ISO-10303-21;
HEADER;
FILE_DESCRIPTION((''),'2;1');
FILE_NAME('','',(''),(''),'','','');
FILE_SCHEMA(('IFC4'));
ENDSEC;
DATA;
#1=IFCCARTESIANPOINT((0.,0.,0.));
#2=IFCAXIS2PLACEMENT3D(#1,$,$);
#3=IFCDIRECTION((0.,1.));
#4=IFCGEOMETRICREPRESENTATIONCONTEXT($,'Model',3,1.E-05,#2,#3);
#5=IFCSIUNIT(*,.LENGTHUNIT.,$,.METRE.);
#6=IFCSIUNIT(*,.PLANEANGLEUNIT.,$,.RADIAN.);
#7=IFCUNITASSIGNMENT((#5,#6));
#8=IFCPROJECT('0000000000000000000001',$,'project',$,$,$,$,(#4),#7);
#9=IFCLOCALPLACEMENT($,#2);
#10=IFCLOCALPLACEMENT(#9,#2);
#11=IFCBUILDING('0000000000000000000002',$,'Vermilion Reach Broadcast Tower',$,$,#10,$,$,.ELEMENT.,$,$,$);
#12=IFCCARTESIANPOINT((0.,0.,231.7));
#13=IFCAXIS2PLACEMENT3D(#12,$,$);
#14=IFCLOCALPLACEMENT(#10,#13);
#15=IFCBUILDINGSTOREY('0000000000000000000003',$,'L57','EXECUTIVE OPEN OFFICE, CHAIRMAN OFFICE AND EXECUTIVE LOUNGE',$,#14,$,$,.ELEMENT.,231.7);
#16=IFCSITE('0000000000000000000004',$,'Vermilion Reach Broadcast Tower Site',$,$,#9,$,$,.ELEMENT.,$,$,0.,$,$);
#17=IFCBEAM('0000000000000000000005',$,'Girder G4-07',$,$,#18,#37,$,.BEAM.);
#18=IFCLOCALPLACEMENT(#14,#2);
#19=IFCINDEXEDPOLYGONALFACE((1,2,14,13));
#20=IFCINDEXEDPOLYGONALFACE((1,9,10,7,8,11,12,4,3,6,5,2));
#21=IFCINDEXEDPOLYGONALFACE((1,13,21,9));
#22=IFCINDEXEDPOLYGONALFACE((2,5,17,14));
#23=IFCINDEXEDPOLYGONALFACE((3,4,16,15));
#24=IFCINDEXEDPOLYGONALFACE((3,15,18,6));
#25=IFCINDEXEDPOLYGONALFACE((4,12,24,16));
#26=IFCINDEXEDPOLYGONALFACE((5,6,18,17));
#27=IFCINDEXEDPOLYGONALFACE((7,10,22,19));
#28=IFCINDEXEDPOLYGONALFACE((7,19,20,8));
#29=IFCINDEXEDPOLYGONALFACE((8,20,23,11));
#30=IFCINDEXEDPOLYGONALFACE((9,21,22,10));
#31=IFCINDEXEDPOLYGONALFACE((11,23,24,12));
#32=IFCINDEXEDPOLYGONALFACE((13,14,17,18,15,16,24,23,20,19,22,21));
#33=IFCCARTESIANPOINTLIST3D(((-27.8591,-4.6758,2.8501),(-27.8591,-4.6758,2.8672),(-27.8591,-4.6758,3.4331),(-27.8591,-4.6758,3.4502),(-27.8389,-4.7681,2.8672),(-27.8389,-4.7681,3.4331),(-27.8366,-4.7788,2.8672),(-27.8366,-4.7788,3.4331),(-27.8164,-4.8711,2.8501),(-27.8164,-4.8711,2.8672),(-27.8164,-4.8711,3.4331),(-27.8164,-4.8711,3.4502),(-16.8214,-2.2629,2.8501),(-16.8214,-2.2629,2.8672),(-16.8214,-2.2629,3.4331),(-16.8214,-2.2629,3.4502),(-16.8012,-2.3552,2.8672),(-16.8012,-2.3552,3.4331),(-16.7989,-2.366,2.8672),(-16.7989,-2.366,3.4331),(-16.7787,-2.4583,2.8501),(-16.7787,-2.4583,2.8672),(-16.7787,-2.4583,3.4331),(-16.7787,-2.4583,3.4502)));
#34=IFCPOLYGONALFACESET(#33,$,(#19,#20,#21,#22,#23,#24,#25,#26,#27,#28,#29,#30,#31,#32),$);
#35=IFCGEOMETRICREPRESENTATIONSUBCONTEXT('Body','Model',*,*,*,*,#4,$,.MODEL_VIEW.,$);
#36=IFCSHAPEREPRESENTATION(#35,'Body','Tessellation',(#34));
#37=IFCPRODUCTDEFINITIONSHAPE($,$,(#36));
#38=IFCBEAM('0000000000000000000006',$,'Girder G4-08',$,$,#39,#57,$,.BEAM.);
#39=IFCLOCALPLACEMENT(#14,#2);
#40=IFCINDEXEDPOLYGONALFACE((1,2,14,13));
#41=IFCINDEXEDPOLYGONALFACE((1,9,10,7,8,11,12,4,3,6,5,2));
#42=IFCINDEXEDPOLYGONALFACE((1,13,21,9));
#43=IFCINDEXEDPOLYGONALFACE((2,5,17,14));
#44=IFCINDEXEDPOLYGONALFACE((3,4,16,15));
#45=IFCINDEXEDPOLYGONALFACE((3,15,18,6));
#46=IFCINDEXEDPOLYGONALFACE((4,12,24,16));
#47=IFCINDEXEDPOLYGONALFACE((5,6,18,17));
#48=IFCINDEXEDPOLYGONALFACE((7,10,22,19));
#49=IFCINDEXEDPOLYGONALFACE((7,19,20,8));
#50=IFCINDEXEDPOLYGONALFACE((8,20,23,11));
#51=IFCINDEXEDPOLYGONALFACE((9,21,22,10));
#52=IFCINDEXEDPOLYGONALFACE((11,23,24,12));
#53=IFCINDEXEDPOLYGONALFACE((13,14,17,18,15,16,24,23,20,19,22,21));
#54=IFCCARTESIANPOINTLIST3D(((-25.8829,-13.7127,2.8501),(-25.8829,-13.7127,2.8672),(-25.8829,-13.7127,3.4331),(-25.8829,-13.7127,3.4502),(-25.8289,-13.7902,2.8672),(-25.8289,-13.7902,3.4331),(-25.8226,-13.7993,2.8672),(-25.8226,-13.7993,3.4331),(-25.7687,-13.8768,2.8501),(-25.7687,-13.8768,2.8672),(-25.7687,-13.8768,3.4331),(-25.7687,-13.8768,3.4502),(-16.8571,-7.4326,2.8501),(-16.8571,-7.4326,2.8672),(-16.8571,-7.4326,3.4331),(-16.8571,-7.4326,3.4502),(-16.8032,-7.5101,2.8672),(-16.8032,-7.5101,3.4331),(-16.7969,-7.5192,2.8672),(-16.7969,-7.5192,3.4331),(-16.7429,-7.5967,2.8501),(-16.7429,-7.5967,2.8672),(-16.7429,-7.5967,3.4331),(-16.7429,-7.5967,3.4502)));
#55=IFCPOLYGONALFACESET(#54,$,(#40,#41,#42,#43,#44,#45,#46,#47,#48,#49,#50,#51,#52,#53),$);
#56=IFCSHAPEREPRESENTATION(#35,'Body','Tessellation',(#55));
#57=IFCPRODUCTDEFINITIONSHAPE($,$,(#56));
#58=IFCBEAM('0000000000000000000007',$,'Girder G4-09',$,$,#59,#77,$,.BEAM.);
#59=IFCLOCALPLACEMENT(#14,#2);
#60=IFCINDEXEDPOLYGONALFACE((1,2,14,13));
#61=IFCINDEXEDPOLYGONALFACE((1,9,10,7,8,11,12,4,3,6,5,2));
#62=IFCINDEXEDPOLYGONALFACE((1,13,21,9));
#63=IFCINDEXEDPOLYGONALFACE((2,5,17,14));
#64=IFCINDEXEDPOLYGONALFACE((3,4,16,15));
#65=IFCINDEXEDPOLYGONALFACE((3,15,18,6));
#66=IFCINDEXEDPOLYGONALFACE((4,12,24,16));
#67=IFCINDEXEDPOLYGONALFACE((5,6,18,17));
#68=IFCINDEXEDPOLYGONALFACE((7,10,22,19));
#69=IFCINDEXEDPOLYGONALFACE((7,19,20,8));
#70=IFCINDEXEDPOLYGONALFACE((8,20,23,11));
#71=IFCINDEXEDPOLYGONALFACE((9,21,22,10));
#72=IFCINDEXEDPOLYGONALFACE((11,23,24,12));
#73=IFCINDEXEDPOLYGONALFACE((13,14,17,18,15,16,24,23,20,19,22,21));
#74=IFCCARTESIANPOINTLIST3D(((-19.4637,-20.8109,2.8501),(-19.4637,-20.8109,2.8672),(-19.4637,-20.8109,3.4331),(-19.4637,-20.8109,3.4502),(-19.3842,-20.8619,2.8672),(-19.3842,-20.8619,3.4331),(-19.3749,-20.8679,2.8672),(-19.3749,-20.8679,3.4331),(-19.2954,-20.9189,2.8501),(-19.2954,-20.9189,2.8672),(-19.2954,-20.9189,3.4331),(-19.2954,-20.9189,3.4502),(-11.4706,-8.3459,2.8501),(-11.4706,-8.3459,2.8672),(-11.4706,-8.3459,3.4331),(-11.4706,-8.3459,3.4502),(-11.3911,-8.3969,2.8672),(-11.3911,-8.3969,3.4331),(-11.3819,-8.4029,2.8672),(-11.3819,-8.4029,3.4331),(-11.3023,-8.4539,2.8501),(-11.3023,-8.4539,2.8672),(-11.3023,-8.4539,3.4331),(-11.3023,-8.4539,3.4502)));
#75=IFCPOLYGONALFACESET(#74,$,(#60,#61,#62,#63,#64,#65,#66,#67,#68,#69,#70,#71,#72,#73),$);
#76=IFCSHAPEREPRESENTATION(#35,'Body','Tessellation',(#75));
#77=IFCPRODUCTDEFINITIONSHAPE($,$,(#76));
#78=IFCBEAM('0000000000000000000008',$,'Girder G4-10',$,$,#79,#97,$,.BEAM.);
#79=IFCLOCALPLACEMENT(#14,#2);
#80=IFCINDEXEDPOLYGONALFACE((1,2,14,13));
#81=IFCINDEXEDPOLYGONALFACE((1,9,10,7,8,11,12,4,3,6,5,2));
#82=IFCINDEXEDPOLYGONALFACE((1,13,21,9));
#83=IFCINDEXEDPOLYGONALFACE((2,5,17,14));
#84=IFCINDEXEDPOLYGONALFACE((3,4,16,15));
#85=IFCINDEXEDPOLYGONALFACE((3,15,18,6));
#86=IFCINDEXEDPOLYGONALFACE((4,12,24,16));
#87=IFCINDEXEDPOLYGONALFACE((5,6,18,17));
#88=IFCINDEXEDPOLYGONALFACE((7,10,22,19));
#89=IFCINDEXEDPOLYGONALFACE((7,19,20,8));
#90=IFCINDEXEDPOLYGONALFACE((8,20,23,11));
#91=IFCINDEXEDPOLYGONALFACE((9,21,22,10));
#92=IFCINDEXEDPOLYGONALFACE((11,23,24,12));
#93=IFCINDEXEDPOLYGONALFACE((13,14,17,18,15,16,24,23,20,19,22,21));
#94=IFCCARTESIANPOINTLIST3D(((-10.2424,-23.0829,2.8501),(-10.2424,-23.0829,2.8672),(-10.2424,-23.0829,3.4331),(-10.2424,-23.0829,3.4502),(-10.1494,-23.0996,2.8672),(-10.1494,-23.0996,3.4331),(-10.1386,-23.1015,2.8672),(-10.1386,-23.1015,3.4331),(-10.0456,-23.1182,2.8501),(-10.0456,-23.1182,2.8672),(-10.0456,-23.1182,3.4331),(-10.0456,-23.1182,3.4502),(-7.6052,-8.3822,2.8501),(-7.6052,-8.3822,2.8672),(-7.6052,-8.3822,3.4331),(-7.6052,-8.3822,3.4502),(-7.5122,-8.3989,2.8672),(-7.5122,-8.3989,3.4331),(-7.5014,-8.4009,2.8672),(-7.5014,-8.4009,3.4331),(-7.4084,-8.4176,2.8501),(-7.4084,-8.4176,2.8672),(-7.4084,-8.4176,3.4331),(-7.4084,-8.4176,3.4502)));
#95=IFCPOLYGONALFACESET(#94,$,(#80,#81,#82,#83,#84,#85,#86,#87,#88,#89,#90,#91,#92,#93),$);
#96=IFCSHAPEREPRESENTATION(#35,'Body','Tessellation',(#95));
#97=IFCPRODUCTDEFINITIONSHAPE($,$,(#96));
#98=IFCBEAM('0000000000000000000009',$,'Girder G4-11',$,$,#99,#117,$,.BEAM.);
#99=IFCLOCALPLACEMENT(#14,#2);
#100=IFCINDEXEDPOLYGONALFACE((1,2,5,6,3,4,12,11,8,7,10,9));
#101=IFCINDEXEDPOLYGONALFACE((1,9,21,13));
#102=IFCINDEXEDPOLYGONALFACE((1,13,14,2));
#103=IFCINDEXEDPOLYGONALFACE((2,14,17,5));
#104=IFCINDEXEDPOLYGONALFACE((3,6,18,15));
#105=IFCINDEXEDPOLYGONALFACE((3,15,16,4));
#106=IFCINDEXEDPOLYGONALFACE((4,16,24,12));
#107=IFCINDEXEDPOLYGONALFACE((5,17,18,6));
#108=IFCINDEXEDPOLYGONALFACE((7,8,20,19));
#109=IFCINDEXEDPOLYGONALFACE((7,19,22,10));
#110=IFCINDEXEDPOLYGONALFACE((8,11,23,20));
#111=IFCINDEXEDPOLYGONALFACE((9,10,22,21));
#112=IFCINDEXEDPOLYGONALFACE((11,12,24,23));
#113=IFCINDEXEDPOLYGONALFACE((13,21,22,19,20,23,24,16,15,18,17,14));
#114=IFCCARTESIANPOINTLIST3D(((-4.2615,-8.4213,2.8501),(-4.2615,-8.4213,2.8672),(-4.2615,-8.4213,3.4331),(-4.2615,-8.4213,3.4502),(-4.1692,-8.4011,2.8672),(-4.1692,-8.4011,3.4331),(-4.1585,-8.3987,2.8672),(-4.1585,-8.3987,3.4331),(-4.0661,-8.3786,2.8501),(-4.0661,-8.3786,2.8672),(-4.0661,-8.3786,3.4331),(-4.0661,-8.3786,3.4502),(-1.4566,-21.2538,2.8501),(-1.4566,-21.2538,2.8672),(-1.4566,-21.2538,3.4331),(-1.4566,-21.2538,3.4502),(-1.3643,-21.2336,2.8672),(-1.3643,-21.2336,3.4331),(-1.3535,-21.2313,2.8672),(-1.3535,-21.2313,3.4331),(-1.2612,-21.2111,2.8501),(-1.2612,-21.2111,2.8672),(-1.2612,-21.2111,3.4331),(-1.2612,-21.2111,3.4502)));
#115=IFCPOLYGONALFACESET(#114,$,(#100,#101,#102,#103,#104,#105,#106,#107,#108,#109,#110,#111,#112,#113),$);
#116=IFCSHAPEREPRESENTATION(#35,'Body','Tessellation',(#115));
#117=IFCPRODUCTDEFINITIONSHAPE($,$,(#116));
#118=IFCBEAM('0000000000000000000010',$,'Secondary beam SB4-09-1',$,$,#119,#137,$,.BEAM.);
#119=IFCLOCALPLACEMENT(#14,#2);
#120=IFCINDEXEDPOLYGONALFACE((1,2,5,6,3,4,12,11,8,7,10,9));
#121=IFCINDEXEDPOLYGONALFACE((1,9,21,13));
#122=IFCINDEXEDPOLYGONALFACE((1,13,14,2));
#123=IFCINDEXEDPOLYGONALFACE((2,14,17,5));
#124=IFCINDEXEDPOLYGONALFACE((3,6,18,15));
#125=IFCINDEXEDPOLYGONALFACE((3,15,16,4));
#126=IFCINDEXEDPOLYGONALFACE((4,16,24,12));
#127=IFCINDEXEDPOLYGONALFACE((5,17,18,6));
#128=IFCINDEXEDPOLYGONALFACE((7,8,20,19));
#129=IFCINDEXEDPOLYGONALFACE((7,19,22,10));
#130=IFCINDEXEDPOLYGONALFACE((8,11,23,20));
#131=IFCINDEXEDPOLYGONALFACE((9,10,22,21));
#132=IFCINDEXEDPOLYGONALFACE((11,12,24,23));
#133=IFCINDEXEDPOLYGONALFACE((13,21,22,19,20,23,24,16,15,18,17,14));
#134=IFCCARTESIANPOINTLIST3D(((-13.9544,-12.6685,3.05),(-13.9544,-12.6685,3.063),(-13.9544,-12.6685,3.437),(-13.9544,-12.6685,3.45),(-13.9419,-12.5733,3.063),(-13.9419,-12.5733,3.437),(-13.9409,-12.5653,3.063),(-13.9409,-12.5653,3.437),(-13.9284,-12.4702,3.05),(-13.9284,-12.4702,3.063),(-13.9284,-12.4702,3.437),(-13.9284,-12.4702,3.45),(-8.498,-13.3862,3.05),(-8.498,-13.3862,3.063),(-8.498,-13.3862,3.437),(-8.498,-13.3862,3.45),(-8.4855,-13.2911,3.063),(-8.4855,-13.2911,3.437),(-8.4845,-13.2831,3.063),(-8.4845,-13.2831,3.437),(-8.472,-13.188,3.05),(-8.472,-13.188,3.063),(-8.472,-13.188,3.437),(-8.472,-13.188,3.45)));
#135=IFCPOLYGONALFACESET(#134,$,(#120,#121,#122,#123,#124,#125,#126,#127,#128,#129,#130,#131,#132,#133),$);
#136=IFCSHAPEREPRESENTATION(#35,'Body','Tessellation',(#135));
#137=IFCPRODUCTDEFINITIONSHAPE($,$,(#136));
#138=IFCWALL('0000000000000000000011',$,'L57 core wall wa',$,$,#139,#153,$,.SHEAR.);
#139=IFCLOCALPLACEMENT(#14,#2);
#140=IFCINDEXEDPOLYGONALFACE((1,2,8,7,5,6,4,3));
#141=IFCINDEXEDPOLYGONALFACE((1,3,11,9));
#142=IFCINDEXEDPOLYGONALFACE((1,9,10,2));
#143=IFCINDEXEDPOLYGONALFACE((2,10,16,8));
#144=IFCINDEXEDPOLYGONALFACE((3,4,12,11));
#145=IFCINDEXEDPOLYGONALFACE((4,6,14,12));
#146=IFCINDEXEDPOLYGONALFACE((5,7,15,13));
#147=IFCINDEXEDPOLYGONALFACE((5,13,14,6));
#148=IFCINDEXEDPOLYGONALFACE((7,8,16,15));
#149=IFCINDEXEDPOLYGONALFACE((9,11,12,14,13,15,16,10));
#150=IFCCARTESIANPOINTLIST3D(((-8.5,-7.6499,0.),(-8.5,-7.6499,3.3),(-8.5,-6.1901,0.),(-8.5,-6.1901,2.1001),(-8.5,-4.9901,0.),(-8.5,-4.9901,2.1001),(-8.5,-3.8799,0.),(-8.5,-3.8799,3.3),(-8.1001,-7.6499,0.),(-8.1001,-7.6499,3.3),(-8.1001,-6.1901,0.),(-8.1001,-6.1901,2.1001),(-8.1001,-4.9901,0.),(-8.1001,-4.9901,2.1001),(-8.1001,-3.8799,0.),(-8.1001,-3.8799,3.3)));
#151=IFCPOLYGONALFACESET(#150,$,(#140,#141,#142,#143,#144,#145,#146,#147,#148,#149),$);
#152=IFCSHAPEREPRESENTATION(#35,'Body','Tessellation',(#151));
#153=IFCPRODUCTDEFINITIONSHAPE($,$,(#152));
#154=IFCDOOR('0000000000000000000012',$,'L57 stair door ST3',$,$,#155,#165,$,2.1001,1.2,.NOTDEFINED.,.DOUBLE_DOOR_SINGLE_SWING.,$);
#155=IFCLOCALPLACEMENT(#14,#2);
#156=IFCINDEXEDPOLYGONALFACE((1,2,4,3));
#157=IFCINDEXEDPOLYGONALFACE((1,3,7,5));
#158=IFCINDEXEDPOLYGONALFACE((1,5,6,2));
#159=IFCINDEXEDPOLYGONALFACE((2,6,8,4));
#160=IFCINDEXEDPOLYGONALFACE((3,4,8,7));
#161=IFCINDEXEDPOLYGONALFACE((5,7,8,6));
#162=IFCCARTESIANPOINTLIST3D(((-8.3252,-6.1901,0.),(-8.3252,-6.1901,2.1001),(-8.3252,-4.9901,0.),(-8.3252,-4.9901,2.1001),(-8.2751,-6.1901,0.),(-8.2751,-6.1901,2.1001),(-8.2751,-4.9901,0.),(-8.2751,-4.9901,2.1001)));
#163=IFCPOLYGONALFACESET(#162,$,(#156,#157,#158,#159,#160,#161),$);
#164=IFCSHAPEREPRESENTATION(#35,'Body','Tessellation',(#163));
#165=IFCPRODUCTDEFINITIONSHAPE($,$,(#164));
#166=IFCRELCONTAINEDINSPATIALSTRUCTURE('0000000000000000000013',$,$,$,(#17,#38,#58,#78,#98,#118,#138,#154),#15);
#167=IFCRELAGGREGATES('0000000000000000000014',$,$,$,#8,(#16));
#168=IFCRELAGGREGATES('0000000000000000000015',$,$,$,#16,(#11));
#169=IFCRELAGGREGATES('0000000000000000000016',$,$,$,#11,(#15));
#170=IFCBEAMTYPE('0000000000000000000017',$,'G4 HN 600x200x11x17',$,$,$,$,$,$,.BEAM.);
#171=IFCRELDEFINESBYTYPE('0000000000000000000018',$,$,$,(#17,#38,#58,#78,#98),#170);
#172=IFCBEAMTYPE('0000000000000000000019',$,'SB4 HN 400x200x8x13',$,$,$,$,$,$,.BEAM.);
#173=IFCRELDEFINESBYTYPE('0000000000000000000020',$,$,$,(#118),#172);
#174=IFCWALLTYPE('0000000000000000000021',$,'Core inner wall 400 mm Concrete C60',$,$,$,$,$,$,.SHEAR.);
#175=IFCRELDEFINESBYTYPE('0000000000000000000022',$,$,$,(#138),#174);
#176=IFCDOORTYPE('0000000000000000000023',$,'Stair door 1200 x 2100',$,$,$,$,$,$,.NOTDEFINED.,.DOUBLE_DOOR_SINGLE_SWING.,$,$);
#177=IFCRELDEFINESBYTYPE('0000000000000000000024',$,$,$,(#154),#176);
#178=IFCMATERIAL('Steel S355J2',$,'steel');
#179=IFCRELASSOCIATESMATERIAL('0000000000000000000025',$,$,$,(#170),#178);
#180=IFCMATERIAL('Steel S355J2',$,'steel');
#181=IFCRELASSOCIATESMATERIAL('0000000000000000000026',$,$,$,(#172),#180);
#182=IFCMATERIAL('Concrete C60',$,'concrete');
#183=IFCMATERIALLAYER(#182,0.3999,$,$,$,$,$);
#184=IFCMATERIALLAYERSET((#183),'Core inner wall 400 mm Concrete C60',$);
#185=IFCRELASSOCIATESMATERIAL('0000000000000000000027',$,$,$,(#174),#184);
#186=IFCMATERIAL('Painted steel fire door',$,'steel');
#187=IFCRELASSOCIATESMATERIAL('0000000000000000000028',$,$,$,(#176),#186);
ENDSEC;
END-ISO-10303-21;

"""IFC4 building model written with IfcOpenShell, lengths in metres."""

from ifc_helpers import new_model, si_unit, direction, frame, frame_2d, origin, origin_2d, place, context, subcontext, project, spatial, rectangle, i_section, extrude, material, layer, layer_set, material_profile, profile_set, type_object, element, fill, save


model = new_model("IFC4")

# Units and contexts
model_context = context("Model", 3, precision=1e-05, world=origin(), true_north=direction((0.0, 1.0)))
body_context = subcontext(model_context, "Body", "Model", "MODEL_VIEW")
ifc_project = project(units=[si_unit("LENGTHUNIT", "METRE"), si_unit("PLANEANGLEUNIT", "RADIAN")], contexts=[model_context])

# Site, building, storey
site_placement = place(None, origin())
site = spatial("IfcSite", under=ifc_project, at=site_placement, Name="Vermilion Reach Broadcast Tower Site", CompositionType="ELEMENT", RefElevation=0.0)
building_placement = place(site_placement, origin())
building = spatial("IfcBuilding", under=site, at=building_placement, Name="Vermilion Reach Broadcast Tower", CompositionType="ELEMENT")
storey_placement = place(building_placement, frame((0.0, 0.0, 231.7)))
storey = spatial("IfcBuildingStorey", under=building, at=storey_placement, Name="L57", Description="EXECUTIVE OPEN OFFICE, CHAIRMAN OFFICE AND EXECUTIVE LOUNGE", CompositionType="ELEMENT", Elevation=231.7)

# Beams
ifc_material_1 = material(Name="Steel S355J2", Category="steel")
ifc_material_profile_1 = material_profile(ifc_material_1, i_section(OverallWidth=0.2, OverallDepth=0.6001, WebThickness=0.011, FlangeThickness=0.0171, at=origin_2d()), Name="S355J2 HN 600x200x11x17")
ifc_profile_set_1 = profile_set([ifc_material_profile_1], Name="Steel S355J2")
beam_type_1 = type_object("IfcBeamType", Name="G4 HN 600x200x11x17", PredefinedType="BEAM", material=ifc_profile_set_1)
beam_1_placement = place(storey_placement, frame((-16.8, -2.3606, 3.1501), z_axis=(-0.97693, -0.213559, 0.0), x_axis=(0.213559, -0.97693, 0.0)))
element("IfcBeam", 1, at=beam_1_placement, inside=storey, type_object=beam_type_1, Name="Girder G4-07", PredefinedType="BEAM", context=body_context, shape_type="SweptSolid", body=[
    extrude(i_section(OverallWidth=0.2, OverallDepth=0.6001, WebThickness=0.011, FlangeThickness=0.0171, at=origin_2d()), origin(), (0.0, 0.0, 1.0), 11.2983),
])
beam_2_placement = place(storey_placement, frame((-16.8, -7.5146, 3.1501), z_axis=(-0.820849, -0.571146, 0.0), x_axis=(0.571146, -0.820849, 0.0)))
element("IfcBeam", 2, at=beam_2_placement, inside=storey, type_object=beam_type_1, Name="Girder G4-08", PredefinedType="BEAM", context=body_context, shape_type="SweptSolid", body=[
    extrude(i_section(OverallWidth=0.2, OverallDepth=0.6001, WebThickness=0.011, FlangeThickness=0.0171, at=origin_2d()), origin(), (0.0, 0.0, 1.0), 10.9956),
])
beam_3_placement = place(storey_placement, frame((-11.3865, -8.3999, 3.1501), z_axis=(-0.539796, -0.841796, 0.0), x_axis=(0.841796, -0.539796, 0.0)))
element("IfcBeam", 3, at=beam_3_placement, inside=storey, type_object=beam_type_1, Name="Girder G4-09", PredefinedType="BEAM", context=body_context, shape_type="SweptSolid", body=[
    extrude(i_section(OverallWidth=0.2, OverallDepth=0.6001, WebThickness=0.011, FlangeThickness=0.0171, at=origin_2d()), origin(), (0.0, 0.0, 1.0), 14.8076),
])
beam_4_placement = place(storey_placement, frame((-7.5068, -8.3999, 3.1501), z_axis=(-0.176575, -0.984287, 0.0), x_axis=(0.984287, -0.176575, 0.0)))
element("IfcBeam", 4, at=beam_4_placement, inside=storey, type_object=beam_type_1, Name="Girder G4-10", PredefinedType="BEAM", context=body_context, shape_type="SweptSolid", body=[
    extrude(i_section(OverallWidth=0.2, OverallDepth=0.6001, WebThickness=0.011, FlangeThickness=0.0171, at=origin_2d()), origin(), (0.0, 0.0, 1.0), 14.9353),
])
beam_5_placement = place(storey_placement, frame((-4.1638, -8.3999, 3.1501), z_axis=(0.213538, -0.976935, 0.0), x_axis=(0.976935, 0.213538, 0.0)))
element("IfcBeam", 5, at=beam_5_placement, inside=storey, type_object=beam_type_1, Name="Girder G4-11", PredefinedType="BEAM", context=body_context, shape_type="SweptSolid", body=[
    extrude(i_section(OverallWidth=0.2, OverallDepth=0.6001, WebThickness=0.011, FlangeThickness=0.0171, at=origin_2d()), origin(), (0.0, 0.0, 1.0), 13.1355),
])
ifc_material_2 = material(Name="Steel S355J2", Category="steel")
ifc_material_profile_2 = material_profile(ifc_material_2, i_section(OverallWidth=0.2, OverallDepth=0.3999, WebThickness=0.0081, FlangeThickness=0.0129, at=origin_2d()), Name="S355J2 HN 400x200x8x13")
ifc_profile_set_2 = profile_set([ifc_material_profile_2], Name="Steel S355J2")
beam_type_2 = type_object("IfcBeamType", Name="SB4 HN 400x200x8x13", PredefinedType="BEAM", material=ifc_profile_set_2)
beam_6_placement = place(storey_placement, frame((-13.9414, -12.5693, 3.25), z_axis=(0.991458, -0.130426, 0.0), x_axis=(0.130426, 0.991458, 0.0)))
element("IfcBeam", 6, at=beam_6_placement, inside=storey, type_object=beam_type_2, Name="Secondary beam SB4-09-1", PredefinedType="BEAM", context=body_context, shape_type="SweptSolid", body=[
    extrude(i_section(OverallWidth=0.2, OverallDepth=0.3999, WebThickness=0.0081, FlangeThickness=0.0129, at=origin_2d()), origin(), (0.0, 0.0, 1.0), 5.5034),
])

# Wall, opening, door
ifc_material_3 = material(Name="Concrete C60", Category="concrete")
ifc_layer_1 = layer(ifc_material_3, 0.3999)
ifc_layer_set_1 = layer_set([ifc_layer_1], Name="Core inner wall 400 mm Concrete C60")
wall_type_1 = type_object("IfcWallType", Name="Core inner wall 400 mm Concrete C60", PredefinedType="SHEAR", material=ifc_layer_set_1)
wall_1_placement = place(storey_placement, frame((-8.3, -3.8799, 0.0), z_axis=(0.0, 0.0, 1.0), x_axis=(0.0, -1.0, 0.0)))
wall_1 = element("IfcWall", 7, at=wall_1_placement, inside=storey, type_object=wall_type_1, Name="L57 core wall wa", PredefinedType="SHEAR", context=body_context, shape_type="SweptSolid", body=[
    extrude(rectangle(XDim=3.77, YDim=0.3999, at=frame_2d((1.885, 0.0))), origin(), (0.0, 0.0, 1.0), 3.3),
])
opening_1_placement = place(wall_1_placement, frame((1.1101, 0.0, 0.0)))
opening_1 = element("IfcOpeningElement", 8, at=opening_1_placement, cuts=wall_1, PredefinedType="OPENING", context=body_context, shape_type="SweptSolid", body=[
    extrude(rectangle(XDim=1.2, YDim=2.1001, at=frame_2d((0.6001, 1.05))), frame((0.0, 0.21, 0.0), z_axis=(0.0, -1.0, 0.0), x_axis=(1.0, 0.0, 0.0)), (0.0, 0.0, 1.0), 0.4199),
])
ifc_material_4 = material(Name="Painted steel fire door", Category="steel")
door_type_1 = type_object("IfcDoorType", Name="Stair door 1200 x 2100", OperationType="DOUBLE_DOOR_SINGLE_SWING", PredefinedType="NOTDEFINED", material=ifc_material_4)
door_1_placement = place(opening_1_placement, origin())
door_1 = element("IfcDoor", 9, at=door_1_placement, inside=storey, type_object=door_type_1, Name="L57 stair door ST3", OperationType="DOUBLE_DOOR_SINGLE_SWING", OverallHeight=2.1001, OverallWidth=1.2, PredefinedType="NOTDEFINED", context=body_context, shape_type="SweptSolid", body=[
    extrude(rectangle(XDim=1.2, YDim=2.1001, at=frame_2d((0.6001, 1.05))), frame((0.0, 0.0249, 0.0), z_axis=(0.0, -1.0, 0.0), x_axis=(1.0, 0.0, 0.0)), (0.0, 0.0, 1.0), 0.05),
])
fill(opening_1, door_1)

save(model, "model.ifc")
